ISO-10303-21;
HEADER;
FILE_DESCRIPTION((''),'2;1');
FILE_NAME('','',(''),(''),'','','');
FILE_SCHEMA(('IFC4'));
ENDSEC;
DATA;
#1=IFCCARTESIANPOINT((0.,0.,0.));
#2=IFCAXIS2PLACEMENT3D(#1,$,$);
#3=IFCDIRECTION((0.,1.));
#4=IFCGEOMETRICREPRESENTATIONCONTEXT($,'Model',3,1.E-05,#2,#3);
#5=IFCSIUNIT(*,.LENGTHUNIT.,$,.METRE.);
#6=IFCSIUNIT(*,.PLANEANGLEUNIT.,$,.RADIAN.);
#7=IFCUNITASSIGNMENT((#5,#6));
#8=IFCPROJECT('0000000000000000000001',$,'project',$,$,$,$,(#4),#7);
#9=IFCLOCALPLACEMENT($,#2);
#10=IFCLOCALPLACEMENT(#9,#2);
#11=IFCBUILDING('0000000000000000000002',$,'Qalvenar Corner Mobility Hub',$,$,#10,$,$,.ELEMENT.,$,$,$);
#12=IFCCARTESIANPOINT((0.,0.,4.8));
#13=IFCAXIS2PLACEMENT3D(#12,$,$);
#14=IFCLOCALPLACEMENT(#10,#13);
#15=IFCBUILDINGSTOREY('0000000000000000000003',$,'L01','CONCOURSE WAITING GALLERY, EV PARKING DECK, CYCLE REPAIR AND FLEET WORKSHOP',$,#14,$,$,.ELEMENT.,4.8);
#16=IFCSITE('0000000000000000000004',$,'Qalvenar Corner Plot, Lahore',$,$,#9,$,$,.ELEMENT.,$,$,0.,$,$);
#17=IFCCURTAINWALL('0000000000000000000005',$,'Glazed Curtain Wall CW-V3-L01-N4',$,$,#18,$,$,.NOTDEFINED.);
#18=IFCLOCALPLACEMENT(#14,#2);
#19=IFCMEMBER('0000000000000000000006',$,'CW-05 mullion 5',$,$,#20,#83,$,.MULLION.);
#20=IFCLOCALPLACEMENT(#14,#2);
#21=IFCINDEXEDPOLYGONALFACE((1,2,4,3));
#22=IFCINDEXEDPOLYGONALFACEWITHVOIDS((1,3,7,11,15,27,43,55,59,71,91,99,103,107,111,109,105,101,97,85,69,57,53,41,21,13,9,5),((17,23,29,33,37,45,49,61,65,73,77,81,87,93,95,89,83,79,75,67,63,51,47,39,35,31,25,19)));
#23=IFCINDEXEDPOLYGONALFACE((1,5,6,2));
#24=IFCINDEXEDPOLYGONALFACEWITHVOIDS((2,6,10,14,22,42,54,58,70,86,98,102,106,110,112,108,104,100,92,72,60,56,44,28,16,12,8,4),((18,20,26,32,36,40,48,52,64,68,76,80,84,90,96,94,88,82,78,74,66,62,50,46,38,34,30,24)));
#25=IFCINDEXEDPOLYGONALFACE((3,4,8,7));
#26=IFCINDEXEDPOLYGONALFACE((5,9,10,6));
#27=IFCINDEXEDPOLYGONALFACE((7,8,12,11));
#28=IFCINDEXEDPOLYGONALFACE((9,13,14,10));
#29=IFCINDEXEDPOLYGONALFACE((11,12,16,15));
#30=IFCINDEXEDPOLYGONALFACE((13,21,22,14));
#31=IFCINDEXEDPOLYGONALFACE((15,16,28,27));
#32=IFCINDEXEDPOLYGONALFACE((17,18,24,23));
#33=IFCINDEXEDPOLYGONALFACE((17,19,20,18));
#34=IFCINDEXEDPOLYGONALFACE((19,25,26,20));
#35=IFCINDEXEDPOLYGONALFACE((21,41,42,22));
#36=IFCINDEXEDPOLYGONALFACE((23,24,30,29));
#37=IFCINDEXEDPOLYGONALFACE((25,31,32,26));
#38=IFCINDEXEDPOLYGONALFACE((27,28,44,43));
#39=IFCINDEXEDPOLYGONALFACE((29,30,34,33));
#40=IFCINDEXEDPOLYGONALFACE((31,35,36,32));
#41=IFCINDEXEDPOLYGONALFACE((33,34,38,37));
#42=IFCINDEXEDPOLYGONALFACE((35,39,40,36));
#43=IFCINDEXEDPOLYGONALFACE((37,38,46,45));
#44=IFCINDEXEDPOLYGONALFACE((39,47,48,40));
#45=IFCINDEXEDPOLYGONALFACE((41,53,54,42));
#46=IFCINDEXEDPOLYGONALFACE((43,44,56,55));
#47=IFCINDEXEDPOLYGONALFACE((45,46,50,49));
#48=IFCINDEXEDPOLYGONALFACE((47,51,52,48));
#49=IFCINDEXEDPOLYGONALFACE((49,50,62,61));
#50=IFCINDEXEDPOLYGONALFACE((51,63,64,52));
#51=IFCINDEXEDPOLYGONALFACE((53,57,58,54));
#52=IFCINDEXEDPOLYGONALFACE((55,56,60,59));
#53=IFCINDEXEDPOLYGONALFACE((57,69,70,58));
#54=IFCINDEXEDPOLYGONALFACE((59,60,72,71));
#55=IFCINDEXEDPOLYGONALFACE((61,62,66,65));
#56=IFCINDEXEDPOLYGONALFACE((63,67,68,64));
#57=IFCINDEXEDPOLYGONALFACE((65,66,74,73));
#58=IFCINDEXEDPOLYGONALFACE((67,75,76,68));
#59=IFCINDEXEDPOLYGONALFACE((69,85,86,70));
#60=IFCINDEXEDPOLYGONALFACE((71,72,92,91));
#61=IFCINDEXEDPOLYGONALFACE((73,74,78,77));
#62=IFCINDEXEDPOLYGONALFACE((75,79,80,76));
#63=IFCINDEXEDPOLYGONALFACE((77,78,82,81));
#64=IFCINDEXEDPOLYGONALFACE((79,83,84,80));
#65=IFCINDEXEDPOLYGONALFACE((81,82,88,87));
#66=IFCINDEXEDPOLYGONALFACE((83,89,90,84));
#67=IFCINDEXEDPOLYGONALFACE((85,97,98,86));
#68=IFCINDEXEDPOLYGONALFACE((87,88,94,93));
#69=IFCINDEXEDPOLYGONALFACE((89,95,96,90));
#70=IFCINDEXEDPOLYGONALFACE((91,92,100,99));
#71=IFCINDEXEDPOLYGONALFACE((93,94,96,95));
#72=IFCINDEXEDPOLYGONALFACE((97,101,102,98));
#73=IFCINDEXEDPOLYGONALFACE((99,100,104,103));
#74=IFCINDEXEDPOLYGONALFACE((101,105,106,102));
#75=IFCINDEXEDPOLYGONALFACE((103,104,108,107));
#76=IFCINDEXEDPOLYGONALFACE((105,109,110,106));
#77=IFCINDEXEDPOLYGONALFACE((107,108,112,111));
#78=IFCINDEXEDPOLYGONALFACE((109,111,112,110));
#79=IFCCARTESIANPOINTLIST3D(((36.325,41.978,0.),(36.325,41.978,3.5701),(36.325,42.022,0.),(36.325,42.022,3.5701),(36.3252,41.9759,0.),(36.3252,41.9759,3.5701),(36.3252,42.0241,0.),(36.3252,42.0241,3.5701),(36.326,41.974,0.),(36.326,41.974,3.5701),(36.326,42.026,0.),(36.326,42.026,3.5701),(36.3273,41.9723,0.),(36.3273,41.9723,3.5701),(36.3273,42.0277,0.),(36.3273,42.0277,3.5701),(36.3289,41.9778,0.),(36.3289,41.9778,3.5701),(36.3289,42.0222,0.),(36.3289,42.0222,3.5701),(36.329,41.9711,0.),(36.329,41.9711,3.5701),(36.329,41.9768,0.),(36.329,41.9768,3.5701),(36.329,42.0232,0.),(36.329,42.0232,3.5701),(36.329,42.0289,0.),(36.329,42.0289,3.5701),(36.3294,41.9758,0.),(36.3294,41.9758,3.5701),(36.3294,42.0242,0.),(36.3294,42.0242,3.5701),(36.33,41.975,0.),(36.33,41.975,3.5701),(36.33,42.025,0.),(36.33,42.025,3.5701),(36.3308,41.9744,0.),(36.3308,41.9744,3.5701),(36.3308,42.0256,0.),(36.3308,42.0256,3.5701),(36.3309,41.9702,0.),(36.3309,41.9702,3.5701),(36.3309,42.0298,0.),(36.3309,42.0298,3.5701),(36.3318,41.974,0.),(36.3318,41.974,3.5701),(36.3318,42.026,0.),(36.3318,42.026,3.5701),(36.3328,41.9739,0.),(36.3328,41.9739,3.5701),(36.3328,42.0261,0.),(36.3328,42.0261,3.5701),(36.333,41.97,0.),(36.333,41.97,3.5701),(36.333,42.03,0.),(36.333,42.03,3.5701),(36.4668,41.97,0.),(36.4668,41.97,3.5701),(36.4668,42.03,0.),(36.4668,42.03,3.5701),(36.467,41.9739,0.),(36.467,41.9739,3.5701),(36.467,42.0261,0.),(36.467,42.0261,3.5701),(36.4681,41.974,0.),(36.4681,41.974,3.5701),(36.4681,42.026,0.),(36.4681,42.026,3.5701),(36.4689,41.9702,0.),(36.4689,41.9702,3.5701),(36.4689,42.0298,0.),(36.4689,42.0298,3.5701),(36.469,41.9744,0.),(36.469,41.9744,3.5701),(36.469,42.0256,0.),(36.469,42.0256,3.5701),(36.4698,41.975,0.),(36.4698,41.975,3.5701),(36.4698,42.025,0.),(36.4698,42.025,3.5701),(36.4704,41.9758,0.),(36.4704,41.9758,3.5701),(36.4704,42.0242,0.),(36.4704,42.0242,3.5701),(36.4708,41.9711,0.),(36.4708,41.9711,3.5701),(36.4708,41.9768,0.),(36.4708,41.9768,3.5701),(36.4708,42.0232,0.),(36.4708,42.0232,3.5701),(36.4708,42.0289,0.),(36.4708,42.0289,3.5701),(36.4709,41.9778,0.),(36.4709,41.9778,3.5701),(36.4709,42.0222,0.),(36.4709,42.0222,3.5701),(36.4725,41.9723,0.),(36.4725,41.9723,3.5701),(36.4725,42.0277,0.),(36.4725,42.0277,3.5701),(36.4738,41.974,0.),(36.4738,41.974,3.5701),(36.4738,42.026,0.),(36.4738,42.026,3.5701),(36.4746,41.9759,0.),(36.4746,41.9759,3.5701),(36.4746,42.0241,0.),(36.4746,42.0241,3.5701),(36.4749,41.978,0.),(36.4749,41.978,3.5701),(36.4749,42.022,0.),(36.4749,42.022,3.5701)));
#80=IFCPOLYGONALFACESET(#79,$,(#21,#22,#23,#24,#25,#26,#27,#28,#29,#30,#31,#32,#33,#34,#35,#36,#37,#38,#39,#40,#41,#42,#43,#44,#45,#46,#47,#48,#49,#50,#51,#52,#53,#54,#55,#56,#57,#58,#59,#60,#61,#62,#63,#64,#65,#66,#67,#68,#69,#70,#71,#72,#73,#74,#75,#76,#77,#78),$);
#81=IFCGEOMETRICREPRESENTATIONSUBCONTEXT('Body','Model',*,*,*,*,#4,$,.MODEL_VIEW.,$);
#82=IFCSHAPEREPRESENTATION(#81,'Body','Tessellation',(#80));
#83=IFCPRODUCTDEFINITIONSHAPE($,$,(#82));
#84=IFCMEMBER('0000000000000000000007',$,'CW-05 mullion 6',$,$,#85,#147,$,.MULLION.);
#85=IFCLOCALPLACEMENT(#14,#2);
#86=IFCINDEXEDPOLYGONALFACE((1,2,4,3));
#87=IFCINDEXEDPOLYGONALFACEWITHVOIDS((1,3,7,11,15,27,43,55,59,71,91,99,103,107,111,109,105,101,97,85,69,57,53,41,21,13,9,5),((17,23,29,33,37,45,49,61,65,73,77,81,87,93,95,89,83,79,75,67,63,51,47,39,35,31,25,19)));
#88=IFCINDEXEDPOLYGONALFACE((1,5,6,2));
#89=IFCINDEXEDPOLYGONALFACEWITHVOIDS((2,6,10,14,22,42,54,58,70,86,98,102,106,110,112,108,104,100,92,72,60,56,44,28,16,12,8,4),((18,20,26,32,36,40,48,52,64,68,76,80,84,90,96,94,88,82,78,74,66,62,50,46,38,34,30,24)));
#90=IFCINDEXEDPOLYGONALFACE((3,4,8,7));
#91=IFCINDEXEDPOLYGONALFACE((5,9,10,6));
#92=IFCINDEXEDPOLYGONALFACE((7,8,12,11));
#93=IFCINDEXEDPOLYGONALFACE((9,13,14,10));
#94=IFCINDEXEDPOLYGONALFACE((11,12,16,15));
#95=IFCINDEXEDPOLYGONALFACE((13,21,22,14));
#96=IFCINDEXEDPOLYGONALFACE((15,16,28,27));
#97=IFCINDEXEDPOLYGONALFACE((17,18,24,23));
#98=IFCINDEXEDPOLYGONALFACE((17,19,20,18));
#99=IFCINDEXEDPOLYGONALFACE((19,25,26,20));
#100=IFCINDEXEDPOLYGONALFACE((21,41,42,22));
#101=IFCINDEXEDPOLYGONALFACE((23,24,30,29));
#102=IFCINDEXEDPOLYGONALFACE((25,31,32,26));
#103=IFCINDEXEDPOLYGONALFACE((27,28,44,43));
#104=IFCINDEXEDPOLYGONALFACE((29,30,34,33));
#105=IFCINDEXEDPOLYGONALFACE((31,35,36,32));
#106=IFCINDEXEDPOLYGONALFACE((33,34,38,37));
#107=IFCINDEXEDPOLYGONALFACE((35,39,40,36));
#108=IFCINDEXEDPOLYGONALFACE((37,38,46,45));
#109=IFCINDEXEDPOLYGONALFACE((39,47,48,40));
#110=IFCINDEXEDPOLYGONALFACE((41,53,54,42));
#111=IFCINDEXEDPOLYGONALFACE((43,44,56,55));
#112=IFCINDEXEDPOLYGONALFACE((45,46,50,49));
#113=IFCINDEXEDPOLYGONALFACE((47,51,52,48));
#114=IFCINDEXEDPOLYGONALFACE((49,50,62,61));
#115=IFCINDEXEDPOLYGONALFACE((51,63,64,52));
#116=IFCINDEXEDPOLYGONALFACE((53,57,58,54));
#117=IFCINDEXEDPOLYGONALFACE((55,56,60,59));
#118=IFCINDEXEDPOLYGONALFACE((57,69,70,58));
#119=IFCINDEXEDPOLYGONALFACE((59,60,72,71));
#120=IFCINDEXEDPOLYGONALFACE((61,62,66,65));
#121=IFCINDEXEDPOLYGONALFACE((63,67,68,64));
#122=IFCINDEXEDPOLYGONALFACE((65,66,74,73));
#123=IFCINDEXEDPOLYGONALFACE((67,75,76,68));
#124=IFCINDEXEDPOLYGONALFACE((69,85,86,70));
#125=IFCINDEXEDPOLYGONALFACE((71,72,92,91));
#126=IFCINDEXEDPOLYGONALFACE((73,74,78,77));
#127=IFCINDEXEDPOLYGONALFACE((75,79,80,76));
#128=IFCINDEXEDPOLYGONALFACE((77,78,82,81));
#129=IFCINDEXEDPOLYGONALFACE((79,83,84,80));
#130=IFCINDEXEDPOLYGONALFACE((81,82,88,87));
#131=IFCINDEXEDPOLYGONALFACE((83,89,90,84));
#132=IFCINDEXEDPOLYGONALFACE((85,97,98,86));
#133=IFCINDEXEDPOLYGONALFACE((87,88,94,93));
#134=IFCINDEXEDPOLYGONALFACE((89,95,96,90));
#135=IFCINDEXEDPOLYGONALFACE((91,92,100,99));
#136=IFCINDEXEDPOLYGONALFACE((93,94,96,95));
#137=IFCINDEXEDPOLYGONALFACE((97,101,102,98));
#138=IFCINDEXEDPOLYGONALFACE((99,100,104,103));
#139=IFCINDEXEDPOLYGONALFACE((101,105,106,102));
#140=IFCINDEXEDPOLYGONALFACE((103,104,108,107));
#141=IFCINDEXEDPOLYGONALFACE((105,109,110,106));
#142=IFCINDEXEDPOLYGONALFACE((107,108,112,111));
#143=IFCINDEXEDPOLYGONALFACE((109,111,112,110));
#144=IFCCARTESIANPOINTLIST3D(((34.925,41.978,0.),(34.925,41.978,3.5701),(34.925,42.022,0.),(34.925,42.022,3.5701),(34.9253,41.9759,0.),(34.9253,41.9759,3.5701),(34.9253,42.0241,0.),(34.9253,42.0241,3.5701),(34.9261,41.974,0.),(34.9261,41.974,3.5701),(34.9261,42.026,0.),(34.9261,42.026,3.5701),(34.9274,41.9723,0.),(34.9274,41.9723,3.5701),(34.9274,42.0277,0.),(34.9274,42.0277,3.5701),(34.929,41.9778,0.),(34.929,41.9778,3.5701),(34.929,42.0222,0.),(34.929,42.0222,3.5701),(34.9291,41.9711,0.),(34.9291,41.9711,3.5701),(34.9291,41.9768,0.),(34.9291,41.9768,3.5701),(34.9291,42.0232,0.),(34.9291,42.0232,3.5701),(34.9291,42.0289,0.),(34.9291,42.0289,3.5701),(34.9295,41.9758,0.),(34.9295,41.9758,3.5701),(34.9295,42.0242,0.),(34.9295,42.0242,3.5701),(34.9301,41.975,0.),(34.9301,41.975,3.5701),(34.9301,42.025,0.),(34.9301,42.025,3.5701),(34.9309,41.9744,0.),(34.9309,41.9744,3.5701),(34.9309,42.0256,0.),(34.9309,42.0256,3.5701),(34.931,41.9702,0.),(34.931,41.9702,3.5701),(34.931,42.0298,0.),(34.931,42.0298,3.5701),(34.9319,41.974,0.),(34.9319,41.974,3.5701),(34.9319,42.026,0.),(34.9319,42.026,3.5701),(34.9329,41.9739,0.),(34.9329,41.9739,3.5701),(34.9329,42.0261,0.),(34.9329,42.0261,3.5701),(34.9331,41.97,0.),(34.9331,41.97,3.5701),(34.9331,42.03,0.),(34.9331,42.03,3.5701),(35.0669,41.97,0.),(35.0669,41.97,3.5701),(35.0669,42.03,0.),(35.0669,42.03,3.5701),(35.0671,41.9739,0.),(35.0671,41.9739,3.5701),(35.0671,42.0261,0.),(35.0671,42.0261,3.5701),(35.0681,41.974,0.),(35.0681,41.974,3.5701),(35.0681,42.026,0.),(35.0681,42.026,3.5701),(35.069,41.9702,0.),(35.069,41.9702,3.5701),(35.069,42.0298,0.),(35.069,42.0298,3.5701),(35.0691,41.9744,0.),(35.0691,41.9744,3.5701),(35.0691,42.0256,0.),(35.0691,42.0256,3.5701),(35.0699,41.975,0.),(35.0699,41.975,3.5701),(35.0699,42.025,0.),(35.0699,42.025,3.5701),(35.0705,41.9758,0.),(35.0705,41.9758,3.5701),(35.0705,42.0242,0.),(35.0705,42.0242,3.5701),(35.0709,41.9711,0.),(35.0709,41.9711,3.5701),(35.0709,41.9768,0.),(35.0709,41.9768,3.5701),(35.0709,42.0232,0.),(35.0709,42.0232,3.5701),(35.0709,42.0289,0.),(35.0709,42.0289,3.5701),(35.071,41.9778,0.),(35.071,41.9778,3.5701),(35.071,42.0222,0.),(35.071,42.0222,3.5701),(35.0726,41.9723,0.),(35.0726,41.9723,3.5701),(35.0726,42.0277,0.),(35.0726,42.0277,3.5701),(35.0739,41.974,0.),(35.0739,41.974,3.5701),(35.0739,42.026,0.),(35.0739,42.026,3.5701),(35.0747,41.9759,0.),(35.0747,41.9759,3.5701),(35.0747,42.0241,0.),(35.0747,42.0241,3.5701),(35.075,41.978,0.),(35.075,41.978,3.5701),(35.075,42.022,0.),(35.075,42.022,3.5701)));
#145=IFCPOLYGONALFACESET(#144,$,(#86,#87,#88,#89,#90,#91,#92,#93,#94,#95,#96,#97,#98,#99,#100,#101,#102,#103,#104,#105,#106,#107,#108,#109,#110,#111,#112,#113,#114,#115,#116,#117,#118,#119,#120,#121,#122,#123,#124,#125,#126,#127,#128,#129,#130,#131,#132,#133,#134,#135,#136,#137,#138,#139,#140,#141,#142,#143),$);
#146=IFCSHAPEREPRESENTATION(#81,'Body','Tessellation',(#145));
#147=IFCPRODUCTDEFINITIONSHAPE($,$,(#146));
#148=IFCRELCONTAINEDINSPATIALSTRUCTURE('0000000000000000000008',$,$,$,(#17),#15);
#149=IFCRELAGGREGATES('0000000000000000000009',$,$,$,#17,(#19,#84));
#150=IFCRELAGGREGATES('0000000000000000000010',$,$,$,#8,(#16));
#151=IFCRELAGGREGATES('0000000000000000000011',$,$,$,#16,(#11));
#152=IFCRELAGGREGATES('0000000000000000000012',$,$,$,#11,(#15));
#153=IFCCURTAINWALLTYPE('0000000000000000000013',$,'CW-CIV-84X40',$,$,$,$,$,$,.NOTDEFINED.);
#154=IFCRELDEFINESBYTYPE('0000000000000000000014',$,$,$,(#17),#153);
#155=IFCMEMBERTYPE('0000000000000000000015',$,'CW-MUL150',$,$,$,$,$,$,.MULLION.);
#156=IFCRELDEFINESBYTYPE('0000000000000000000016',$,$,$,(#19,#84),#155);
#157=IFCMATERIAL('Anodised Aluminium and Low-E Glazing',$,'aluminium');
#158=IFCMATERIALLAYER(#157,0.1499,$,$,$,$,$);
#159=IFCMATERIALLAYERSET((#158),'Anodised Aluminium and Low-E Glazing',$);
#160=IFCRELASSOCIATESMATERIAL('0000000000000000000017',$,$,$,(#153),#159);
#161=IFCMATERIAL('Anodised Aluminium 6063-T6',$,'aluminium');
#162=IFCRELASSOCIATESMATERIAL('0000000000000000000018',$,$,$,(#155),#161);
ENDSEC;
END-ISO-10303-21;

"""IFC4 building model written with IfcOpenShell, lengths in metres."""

from ifc_helpers import new_model, si_unit, direction, frame, origin, origin_2d, place, context, subcontext, project, spatial, hollow_rectangle, extrude, material, layer, layer_set, material_profile, profile_set, type_object, element, aggregate, save


model = new_model("IFC4")

# Units and contexts
model_context = context("Model", 3, precision=1e-05, world=origin(), true_north=direction((0.0, 1.0)))
body_context = subcontext(model_context, "Body", "Model", "MODEL_VIEW")
ifc_project = project(units=[si_unit("LENGTHUNIT", "METRE"), si_unit("PLANEANGLEUNIT", "RADIAN")], contexts=[model_context])

# Site, building, storey
site_placement = place(None, origin())
site = spatial("IfcSite", under=ifc_project, at=site_placement, Name="Qalvenar Corner Plot, Lahore", CompositionType="ELEMENT", RefElevation=0.0)
building_placement = place(site_placement, origin())
building = spatial("IfcBuilding", under=site, at=building_placement, Name="Qalvenar Corner Mobility Hub", CompositionType="ELEMENT")
storey_placement = place(building_placement, frame((0.0, 0.0, 4.8)))
storey = spatial("IfcBuildingStorey", under=building, at=storey_placement, Name="L01", Description="CONCOURSE WAITING GALLERY, EV PARKING DECK, CYCLE REPAIR AND FLEET WORKSHOP", CompositionType="ELEMENT", Elevation=4.8)

# Curtain wall, members
ifc_material_1 = material(Name="Anodised Aluminium and Low-E Glazing", Category="aluminium")
ifc_layer_1 = layer(ifc_material_1, 0.1499)
ifc_layer_set_1 = layer_set([ifc_layer_1], Name="Anodised Aluminium and Low-E Glazing")
curtain_wall_type = type_object("IfcCurtainWallType", Name="CW-CIV-84X40", PredefinedType="NOTDEFINED", material=ifc_layer_set_1)
curtain_wall_placement = place(storey_placement, origin())
curtain_wall = element("IfcCurtainWall", 1, at=curtain_wall_placement, inside=storey, type_object=curtain_wall_type, Name="Glazed Curtain Wall CW-V3-L01-N4", PredefinedType="NOTDEFINED")
ifc_material_2 = material(Name="Anodised Aluminium 6063-T6", Category="aluminium")
ifc_material_profile_1 = material_profile(ifc_material_2, hollow_rectangle(XDim=0.0601, YDim=0.1499, WallThickness=0.0039, InnerFilletRadius=0.0039, OuterFilletRadius=0.0081, at=origin_2d()), Name="RHS150x60x4")
ifc_profile_set_1 = profile_set([ifc_material_profile_1], Name="Anodised Aluminium 6063-T6")
member_type_1 = type_object("IfcMemberType", Name="CW-MUL150", PredefinedType="MULLION", material=ifc_profile_set_1)
member_1_placement = place(storey_placement, frame((36.3999, 42.0, 0.0), z_axis=(0.0, 0.0, 1.0), x_axis=(0.0, -1.0, 0.0)))
member_1 = element("IfcMember", 2, at=member_1_placement, type_object=member_type_1, Name="CW-05 mullion 5", PredefinedType="MULLION", context=body_context, shape_type="SweptSolid", body=[
    extrude(hollow_rectangle(XDim=0.0601, YDim=0.1499, WallThickness=0.0039, InnerFilletRadius=0.0039, OuterFilletRadius=0.0081, at=origin_2d()), origin(), (0.0, 0.0, 1.0), 3.5701),
])
member_2_placement = place(storey_placement, frame((35.0, 42.0, 0.0), z_axis=(0.0, 0.0, 1.0), x_axis=(0.0, -1.0, 0.0)))
member_2 = element("IfcMember", 3, at=member_2_placement, type_object=member_type_1, Name="CW-05 mullion 6", PredefinedType="MULLION", context=body_context, shape_type="SweptSolid", body=[
    extrude(hollow_rectangle(XDim=0.0601, YDim=0.1499, WallThickness=0.0039, InnerFilletRadius=0.0039, OuterFilletRadius=0.0081, at=origin_2d()), origin(), (0.0, 0.0, 1.0), 3.5701),
])
aggregate(curtain_wall, [member_1, member_2])

save(model, "model.ifc")
